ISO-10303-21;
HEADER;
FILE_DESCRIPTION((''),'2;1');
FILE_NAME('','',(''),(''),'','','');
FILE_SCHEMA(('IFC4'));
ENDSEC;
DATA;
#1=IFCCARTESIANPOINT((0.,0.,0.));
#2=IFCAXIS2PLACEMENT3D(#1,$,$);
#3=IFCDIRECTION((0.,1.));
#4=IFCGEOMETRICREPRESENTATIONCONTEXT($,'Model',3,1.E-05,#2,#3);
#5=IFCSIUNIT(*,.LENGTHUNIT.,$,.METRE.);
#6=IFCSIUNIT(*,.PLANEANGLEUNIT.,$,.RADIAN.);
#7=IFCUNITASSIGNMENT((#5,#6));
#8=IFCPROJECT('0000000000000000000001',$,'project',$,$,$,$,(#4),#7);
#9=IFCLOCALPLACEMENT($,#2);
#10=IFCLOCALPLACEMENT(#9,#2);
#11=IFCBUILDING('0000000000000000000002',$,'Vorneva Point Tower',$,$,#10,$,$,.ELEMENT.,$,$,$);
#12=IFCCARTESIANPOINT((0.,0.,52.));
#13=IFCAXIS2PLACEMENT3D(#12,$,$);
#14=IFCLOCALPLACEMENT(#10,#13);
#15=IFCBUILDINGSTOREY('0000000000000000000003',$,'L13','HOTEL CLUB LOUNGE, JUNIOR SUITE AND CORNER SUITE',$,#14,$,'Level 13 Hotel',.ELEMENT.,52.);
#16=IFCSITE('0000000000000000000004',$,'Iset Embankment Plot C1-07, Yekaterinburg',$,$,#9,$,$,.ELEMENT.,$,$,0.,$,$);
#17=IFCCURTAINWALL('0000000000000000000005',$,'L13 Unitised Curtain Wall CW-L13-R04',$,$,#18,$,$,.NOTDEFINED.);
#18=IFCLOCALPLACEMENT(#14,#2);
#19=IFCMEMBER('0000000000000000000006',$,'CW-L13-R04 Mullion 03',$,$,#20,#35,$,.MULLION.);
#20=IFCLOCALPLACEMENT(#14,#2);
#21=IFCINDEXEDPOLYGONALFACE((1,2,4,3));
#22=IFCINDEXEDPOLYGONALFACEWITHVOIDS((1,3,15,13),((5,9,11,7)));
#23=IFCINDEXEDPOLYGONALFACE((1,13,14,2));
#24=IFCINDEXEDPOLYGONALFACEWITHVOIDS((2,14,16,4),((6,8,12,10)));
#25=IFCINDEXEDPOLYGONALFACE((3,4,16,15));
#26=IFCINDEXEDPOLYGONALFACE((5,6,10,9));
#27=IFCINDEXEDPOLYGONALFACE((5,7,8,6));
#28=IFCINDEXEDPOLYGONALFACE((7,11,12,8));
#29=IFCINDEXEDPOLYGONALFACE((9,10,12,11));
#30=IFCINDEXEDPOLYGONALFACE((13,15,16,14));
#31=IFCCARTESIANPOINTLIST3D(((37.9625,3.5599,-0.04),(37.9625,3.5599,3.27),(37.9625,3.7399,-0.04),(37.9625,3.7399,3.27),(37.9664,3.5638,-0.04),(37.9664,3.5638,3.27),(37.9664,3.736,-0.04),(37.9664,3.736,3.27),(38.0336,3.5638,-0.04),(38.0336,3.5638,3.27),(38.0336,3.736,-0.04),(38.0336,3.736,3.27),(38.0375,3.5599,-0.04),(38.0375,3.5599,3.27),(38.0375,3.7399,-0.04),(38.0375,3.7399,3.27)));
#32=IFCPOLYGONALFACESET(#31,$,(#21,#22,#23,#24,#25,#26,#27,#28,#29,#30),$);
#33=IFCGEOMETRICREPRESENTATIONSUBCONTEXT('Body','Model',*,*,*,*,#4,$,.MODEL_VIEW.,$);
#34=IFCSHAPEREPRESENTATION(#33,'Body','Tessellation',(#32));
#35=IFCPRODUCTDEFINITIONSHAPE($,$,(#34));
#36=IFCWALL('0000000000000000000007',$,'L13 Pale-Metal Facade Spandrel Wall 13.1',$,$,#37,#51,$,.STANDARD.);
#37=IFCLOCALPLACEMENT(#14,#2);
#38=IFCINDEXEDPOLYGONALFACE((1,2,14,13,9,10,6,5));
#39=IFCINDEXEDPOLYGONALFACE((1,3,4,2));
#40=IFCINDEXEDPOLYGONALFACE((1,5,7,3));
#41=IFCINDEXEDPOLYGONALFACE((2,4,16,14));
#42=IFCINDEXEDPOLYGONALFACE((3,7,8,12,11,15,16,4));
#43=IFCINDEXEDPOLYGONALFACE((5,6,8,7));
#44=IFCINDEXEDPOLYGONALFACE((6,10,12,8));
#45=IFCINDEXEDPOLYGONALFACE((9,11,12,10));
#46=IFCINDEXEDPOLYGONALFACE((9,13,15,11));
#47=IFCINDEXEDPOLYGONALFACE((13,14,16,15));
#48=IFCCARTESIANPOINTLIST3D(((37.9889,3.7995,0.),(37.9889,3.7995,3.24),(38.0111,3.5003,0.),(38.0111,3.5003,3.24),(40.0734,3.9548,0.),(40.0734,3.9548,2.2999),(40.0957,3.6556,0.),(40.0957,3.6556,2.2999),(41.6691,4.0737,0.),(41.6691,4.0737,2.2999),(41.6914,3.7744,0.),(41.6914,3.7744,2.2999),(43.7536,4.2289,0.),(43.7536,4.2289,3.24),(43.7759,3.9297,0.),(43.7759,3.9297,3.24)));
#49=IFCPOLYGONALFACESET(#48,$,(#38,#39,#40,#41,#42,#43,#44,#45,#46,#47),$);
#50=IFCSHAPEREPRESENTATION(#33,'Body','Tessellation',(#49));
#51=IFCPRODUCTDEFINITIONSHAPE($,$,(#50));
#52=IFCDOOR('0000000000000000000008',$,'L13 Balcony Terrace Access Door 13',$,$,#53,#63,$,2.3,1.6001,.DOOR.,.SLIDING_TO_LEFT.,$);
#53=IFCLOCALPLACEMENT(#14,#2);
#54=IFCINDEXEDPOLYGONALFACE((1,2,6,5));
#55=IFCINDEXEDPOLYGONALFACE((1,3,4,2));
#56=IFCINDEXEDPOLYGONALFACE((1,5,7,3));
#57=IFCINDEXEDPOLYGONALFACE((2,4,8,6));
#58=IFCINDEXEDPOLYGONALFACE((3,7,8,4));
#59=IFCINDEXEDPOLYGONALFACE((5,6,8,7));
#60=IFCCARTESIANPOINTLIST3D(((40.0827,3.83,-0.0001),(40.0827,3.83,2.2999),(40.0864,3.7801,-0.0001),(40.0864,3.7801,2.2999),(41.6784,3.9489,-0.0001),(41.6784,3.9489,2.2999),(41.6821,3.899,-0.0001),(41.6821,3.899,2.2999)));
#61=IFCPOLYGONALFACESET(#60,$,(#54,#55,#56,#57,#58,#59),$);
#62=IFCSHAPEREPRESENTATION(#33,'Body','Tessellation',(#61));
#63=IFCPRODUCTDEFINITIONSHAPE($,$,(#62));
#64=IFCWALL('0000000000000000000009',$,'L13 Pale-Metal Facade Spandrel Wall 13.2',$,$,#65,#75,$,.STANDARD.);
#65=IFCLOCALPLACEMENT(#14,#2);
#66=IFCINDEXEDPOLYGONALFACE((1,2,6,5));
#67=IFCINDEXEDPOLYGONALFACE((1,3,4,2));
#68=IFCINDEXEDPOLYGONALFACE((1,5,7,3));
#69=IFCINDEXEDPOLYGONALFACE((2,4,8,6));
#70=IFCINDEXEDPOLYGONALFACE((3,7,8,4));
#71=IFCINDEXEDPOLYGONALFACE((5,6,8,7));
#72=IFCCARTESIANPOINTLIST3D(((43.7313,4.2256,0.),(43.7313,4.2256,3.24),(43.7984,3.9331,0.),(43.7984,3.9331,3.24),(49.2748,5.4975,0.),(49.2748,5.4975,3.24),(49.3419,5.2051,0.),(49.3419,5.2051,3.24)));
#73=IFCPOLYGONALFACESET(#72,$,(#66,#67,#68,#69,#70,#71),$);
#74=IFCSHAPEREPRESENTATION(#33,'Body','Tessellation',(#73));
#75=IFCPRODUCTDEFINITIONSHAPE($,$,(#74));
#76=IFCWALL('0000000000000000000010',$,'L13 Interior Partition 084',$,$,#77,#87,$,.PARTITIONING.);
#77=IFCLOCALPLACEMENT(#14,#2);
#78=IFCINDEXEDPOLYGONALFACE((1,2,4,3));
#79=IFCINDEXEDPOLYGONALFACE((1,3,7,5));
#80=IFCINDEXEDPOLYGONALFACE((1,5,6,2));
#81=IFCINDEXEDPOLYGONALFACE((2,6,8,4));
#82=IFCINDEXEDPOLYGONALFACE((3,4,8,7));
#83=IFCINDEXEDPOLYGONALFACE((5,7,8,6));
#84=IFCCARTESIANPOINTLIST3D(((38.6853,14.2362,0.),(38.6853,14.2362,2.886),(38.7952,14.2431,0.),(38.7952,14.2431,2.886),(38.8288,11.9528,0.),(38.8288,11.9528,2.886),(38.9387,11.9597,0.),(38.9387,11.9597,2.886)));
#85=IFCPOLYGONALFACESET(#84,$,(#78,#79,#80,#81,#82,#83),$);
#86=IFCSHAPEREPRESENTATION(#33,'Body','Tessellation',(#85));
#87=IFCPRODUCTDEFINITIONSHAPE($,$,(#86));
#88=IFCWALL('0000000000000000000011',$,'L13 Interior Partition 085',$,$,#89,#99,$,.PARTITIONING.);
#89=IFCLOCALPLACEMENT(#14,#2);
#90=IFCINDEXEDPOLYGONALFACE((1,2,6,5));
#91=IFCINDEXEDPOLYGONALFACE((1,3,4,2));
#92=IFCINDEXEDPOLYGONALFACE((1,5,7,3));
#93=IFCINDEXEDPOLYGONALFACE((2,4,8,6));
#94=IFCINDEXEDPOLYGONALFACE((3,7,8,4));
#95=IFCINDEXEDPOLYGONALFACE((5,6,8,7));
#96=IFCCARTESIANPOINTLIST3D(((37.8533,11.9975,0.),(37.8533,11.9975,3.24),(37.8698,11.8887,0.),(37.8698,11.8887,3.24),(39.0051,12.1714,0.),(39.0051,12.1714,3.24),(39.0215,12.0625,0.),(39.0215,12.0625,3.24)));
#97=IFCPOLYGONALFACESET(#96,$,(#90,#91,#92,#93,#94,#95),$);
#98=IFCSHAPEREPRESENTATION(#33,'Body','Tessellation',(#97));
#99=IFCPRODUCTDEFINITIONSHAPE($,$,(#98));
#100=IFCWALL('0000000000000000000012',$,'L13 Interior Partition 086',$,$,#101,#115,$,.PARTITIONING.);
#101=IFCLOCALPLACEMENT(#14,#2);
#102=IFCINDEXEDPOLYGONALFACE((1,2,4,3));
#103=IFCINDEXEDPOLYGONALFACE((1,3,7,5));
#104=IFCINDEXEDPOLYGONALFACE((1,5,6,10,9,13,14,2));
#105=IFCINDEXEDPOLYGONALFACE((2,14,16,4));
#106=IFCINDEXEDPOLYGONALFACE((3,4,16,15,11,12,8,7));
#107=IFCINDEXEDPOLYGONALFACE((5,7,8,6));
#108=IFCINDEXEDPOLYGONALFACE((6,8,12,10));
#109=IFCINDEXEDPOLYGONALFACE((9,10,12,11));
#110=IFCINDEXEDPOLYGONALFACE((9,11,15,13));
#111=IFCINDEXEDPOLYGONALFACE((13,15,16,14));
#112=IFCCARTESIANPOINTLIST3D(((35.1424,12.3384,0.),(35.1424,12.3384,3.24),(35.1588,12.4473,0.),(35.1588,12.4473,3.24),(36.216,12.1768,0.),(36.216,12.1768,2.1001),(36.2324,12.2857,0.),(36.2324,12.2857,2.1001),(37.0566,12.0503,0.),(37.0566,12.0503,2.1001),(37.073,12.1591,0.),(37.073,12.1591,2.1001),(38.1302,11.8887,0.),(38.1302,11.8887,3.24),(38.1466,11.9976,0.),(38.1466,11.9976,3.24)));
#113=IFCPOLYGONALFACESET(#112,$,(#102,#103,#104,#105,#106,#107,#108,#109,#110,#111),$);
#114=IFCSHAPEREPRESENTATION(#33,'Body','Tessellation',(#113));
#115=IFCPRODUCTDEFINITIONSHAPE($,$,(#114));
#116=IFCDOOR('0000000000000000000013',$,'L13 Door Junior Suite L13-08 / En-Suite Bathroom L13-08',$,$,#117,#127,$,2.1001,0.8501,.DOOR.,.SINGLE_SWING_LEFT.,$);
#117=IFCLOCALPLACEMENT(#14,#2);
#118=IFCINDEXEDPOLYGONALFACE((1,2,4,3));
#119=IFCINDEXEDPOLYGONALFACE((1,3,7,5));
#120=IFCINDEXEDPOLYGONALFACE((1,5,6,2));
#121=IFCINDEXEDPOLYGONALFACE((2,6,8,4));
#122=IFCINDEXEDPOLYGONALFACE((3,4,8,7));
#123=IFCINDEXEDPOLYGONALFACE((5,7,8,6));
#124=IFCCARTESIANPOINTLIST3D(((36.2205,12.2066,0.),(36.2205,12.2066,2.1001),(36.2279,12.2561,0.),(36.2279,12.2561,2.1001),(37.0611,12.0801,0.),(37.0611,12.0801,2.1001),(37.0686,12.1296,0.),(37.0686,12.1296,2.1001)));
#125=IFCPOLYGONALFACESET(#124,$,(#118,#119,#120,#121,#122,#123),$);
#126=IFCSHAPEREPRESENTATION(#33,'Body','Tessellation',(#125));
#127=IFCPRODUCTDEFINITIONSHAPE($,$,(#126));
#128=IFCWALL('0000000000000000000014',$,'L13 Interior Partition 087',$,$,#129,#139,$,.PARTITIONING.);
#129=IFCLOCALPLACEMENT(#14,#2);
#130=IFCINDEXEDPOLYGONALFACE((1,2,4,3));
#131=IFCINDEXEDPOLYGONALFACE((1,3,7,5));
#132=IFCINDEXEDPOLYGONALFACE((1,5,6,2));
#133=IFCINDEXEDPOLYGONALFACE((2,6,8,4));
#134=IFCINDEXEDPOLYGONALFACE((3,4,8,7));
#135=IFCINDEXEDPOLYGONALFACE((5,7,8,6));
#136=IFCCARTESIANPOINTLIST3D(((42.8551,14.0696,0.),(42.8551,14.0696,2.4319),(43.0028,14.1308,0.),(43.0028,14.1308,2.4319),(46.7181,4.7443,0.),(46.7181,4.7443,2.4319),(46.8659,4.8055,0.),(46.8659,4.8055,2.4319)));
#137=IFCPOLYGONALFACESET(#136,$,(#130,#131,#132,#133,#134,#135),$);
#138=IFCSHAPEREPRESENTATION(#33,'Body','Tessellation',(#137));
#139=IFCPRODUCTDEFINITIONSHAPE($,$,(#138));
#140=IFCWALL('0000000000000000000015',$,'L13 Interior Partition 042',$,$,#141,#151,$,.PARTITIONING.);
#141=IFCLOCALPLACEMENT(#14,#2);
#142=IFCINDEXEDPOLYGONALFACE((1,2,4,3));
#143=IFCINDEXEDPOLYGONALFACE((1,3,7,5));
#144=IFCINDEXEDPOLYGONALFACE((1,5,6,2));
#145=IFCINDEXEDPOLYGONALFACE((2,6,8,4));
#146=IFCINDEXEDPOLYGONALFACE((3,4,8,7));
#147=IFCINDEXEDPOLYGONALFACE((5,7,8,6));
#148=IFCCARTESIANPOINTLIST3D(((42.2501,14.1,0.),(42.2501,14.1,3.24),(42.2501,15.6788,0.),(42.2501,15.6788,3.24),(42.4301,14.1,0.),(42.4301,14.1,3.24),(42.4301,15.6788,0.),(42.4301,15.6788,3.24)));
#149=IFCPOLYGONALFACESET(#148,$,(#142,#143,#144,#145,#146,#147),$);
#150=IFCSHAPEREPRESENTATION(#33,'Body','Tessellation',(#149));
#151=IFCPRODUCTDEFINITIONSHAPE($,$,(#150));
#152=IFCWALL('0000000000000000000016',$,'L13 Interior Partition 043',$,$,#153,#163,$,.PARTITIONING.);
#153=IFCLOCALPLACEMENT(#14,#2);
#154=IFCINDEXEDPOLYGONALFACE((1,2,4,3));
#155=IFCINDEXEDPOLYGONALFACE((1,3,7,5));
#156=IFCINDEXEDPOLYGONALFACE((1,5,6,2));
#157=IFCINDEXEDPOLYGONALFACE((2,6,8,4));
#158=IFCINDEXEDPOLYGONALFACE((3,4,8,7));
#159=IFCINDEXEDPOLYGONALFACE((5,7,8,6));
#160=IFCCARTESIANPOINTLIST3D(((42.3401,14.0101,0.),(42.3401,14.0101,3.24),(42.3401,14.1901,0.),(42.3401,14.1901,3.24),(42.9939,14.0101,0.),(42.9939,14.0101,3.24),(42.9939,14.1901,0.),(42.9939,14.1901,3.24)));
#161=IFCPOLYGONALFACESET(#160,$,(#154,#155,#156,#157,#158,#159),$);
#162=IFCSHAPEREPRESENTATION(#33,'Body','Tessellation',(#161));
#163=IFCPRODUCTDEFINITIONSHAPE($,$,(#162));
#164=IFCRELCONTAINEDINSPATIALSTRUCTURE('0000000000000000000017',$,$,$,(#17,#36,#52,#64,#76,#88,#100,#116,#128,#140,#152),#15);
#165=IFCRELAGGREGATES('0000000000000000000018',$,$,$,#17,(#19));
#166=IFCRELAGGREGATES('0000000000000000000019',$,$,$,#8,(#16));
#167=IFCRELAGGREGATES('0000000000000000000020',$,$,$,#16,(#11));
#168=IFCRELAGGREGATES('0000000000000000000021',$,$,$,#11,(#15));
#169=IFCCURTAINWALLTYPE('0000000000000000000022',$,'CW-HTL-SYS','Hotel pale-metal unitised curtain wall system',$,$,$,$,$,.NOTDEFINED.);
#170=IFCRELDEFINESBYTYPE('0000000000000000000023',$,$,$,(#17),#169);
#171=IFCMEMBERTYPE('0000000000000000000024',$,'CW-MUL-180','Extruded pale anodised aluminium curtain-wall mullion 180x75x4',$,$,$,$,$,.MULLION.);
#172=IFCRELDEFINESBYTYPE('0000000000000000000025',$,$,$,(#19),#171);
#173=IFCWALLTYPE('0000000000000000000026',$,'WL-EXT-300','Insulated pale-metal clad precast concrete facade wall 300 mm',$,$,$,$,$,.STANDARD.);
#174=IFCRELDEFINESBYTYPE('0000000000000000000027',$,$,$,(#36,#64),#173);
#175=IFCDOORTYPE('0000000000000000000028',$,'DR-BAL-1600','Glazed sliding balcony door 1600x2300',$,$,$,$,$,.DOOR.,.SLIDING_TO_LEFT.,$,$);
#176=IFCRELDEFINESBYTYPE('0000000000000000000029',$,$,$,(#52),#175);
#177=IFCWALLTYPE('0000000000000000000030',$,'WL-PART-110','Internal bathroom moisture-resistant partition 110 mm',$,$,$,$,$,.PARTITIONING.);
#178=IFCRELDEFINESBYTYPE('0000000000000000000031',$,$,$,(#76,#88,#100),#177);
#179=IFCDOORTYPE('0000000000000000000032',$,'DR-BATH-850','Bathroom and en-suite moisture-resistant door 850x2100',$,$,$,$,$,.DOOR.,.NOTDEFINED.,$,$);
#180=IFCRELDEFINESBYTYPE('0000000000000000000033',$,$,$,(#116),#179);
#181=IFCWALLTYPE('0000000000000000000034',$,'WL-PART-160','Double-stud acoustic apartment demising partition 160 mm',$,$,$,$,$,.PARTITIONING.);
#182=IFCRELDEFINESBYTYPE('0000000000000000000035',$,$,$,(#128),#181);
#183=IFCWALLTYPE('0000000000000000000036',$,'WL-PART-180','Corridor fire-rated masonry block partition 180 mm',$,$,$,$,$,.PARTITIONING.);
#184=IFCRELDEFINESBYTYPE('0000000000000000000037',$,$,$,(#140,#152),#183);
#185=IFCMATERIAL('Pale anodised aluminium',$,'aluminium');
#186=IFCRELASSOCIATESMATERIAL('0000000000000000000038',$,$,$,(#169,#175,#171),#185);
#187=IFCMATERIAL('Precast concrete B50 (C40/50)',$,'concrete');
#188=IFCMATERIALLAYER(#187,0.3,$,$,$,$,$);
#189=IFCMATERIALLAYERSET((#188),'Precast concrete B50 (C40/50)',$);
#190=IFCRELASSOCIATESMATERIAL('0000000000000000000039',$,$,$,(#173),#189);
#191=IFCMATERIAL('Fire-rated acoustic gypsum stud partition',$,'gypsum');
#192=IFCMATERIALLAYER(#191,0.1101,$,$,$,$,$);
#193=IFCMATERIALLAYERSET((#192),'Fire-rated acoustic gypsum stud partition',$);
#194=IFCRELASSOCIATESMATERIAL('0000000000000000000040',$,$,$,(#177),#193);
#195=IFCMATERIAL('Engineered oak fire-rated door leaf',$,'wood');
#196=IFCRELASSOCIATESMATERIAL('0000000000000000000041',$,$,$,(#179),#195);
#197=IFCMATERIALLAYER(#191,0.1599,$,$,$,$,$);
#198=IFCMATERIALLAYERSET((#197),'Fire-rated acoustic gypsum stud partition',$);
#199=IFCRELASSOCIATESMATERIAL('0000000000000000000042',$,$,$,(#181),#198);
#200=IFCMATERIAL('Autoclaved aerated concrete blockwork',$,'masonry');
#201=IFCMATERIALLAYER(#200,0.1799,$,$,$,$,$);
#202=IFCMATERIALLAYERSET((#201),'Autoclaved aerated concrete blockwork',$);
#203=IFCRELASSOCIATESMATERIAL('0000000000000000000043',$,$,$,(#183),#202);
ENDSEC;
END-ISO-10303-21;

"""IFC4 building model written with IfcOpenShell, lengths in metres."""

from ifc_helpers import new_model, si_unit, direction, frame, frame_2d, origin, origin_2d, place, context, subcontext, project, spatial, rectangle, hollow_rectangle, extrude, material, layer, layer_set, material_profile, profile_set, type_object, element, fill, aggregate, save


model = new_model("IFC4")

# Units and contexts
model_context = context("Model", 3, precision=1e-05, world=origin(), true_north=direction((0.0, 1.0)))
body_context = subcontext(model_context, "Body", "Model", "MODEL_VIEW")
ifc_project = project(units=[si_unit("LENGTHUNIT", "METRE"), si_unit("PLANEANGLEUNIT", "RADIAN")], contexts=[model_context])

# Site, building, storey
site_placement = place(None, origin())
site = spatial("IfcSite", under=ifc_project, at=site_placement, Name="Iset Embankment Plot C1-07, Yekaterinburg", CompositionType="ELEMENT", RefElevation=0.0)
building_placement = place(site_placement, origin())
building = spatial("IfcBuilding", under=site, at=building_placement, Name="Vorneva Point Tower", CompositionType="ELEMENT")
storey_placement = place(building_placement, frame((0.0, 0.0, 52.0)))
storey = spatial("IfcBuildingStorey", under=building, at=storey_placement, Name="L13", Description="HOTEL CLUB LOUNGE, JUNIOR SUITE AND CORNER SUITE", LongName="Level 13 Hotel", CompositionType="ELEMENT", Elevation=52.0)

# Curtain wall, member
ifc_material_1 = material(Name="Pale anodised aluminium", Category="aluminium")
curtain_wall_type = type_object("IfcCurtainWallType", Name="CW-HTL-SYS", Description="Hotel pale-metal unitised curtain wall system", PredefinedType="NOTDEFINED", material=ifc_material_1)
curtain_wall_placement = place(storey_placement, origin())
curtain_wall = element("IfcCurtainWall", 1, at=curtain_wall_placement, inside=storey, type_object=curtain_wall_type, Name="L13 Unitised Curtain Wall CW-L13-R04", PredefinedType="NOTDEFINED")
ifc_material_profile_1 = material_profile(ifc_material_1, hollow_rectangle(XDim=0.075, YDim=0.1799, WallThickness=0.0039, at=origin_2d()), Name="AL-MUL 180x75x4")
ifc_profile_set_1 = profile_set([ifc_material_profile_1], Name="Pale anodised aluminium")
member_type = type_object("IfcMemberType", Name="CW-MUL-180", Description="Extruded pale anodised aluminium curtain-wall mullion 180x75x4", PredefinedType="MULLION", material=ifc_profile_set_1)
member_placement = place(storey_placement, frame((38.0, 3.6499, -0.04), z_axis=(0.0, 0.0, 1.0), x_axis=(1.0, 0.0, 0.0)))
member = element("IfcMember", 2, at=member_placement, type_object=member_type, Name="CW-L13-R04 Mullion 03", PredefinedType="MULLION", context=body_context, shape_type="SweptSolid", body=[
    extrude(hollow_rectangle(XDim=0.075, YDim=0.1799, WallThickness=0.0039, at=origin_2d()), origin(), (0.0, 0.0, 1.0), 3.3101),
])
aggregate(curtain_wall, [member])

# Wall, opening, door
ifc_material_2 = material(Name="Precast concrete B50 (C40/50)", Category="concrete")
ifc_layer_1 = layer(ifc_material_2, 0.3)
ifc_layer_set_1 = layer_set([ifc_layer_1], Name="Precast concrete B50 (C40/50)")
wall_type_1 = type_object("IfcWallType", Name="WL-EXT-300", Description="Insulated pale-metal clad precast concrete facade wall 300 mm", PredefinedType="STANDARD", material=ifc_layer_set_1)
wall_1_placement = place(storey_placement, frame((38.0, 3.6499, 0.0), z_axis=(0.0, 0.0, 1.0), x_axis=(0.997237, 0.074287, 0.0)))
wall_1 = element("IfcWall", 3, at=wall_1_placement, inside=storey, type_object=wall_type_1, Name="L13 Pale-Metal Facade Spandrel Wall 13.1", PredefinedType="STANDARD", context=body_context, shape_type="SweptSolid", body=[
    extrude(rectangle(XDim=5.7808, YDim=0.3, at=frame_2d((2.8904, 0.0))), origin(), (0.0, 0.0, 1.0), 3.24),
])
opening_1_placement = place(wall_1_placement, frame((2.0903, 0.0, 0.0)))
opening_1 = element("IfcOpeningElement", 4, at=opening_1_placement, cuts=wall_1, PredefinedType="OPENING", context=body_context, shape_type="SweptSolid", body=[
    extrude(rectangle(XDim=1.6001, YDim=2.3, at=frame_2d((0.8, 1.1499))), frame((0.0, 0.165, 0.0), z_axis=(0.0, -1.0, 0.0), x_axis=(1.0, 0.0, 0.0)), (0.0, 0.0, 1.0), 0.3298),
])
door_type_1 = type_object("IfcDoorType", Name="DR-BAL-1600", Description="Glazed sliding balcony door 1600x2300", OperationType="SLIDING_TO_LEFT", PredefinedType="DOOR", material=ifc_material_1)
door_1_placement = place(opening_1_placement, origin())
door_1 = element("IfcDoor", 5, at=door_1_placement, inside=storey, type_object=door_type_1, Name="L13 Balcony Terrace Access Door 13", OperationType="SLIDING_TO_LEFT", OverallHeight=2.3, OverallWidth=1.6001, PredefinedType="DOOR", context=body_context, shape_type="SweptSolid", body=[
    extrude(rectangle(XDim=1.6001, YDim=2.3, at=frame_2d((0.8, 1.1499))), frame((0.0, 0.0249, 0.0), z_axis=(0.0, -1.0, 0.0), x_axis=(1.0, 0.0, 0.0)), (0.0, 0.0, 1.0), 0.05),
])
fill(opening_1, door_1)

# Walls
wall_2_placement = place(storey_placement, frame((43.7649, 4.0793, 0.0), z_axis=(0.0, 0.0, 1.0), x_axis=(0.974671, 0.223643, 0.0)))
element("IfcWall", 6, at=wall_2_placement, inside=storey, type_object=wall_type_1, Name="L13 Pale-Metal Facade Spandrel Wall 13.2", PredefinedType="STANDARD", context=body_context, shape_type="SweptSolid", body=[
    extrude(rectangle(XDim=5.6875, YDim=0.3, at=frame_2d((2.8438, 0.0))), origin(), (0.0, 0.0, 1.0), 3.24),
])
ifc_material_3 = material(Name="Fire-rated acoustic gypsum stud partition", Category="gypsum")
ifc_layer_2 = layer(ifc_material_3, 0.1101)
ifc_layer_set_2 = layer_set([ifc_layer_2], Name="Fire-rated acoustic gypsum stud partition")
wall_type_2 = type_object("IfcWallType", Name="WL-PART-110", Description="Internal bathroom moisture-resistant partition 110 mm", PredefinedType="PARTITIONING", material=ifc_layer_set_2)
wall_3_placement = place(storey_placement, frame((38.7402, 14.2397, 0.0), z_axis=(0.0, 0.0, 1.0), x_axis=(0.062744, -0.99803, 0.0)))
element("IfcWall", 7, at=wall_3_placement, inside=storey, type_object=wall_type_2, Name="L13 Interior Partition 084", PredefinedType="PARTITIONING", context=body_context, shape_type="SweptSolid", body=[
    extrude(rectangle(XDim=2.2878, YDim=0.1101, at=frame_2d((1.144, 0.0))), origin(), (0.0, 0.0, 1.0), 2.886),
])
wall_4_placement = place(storey_placement, frame((39.0134, 12.1169, 0.0), z_axis=(0.0, 0.0, 1.0), x_axis=(-0.988804, -0.149222, 0.0)))
element("IfcWall", 8, at=wall_4_placement, inside=storey, type_object=wall_type_2, Name="L13 Interior Partition 085", PredefinedType="PARTITIONING", context=body_context, shape_type="SweptSolid", body=[
    extrude(rectangle(XDim=1.1648, YDim=0.1101, at=frame_2d((0.5825, 0.0))), origin(), (0.0, 0.0, 1.0), 3.24),
])

# Wall, opening, door
wall_5_placement = place(storey_placement, frame((38.1384, 11.9431, 0.0), z_axis=(0.0, 0.0, 1.0), x_axis=(-0.988862, 0.148838, 0.0)))
wall_5 = element("IfcWall", 9, at=wall_5_placement, inside=storey, type_object=wall_type_2, Name="L13 Interior Partition 086", PredefinedType="PARTITIONING", context=body_context, shape_type="SweptSolid", body=[
    extrude(rectangle(XDim=3.0215, YDim=0.1101, at=frame_2d((1.5107, 0.0))), origin(), (0.0, 0.0, 1.0), 3.24),
])
opening_2_placement = place(wall_5_placement, frame((1.0857, 0.0, 0.0)))
opening_2 = element("IfcOpeningElement", 10, at=opening_2_placement, cuts=wall_5, PredefinedType="OPENING", context=body_context, shape_type="SweptSolid", body=[
    extrude(rectangle(XDim=0.8501, YDim=2.1001, at=frame_2d((0.425, 1.05))), frame((0.0, 0.0698, 0.0), z_axis=(0.0, -1.0, 0.0), x_axis=(1.0, 0.0, 0.0)), (0.0, 0.0, 1.0), 0.1399),
])
ifc_material_4 = material(Name="Engineered oak fire-rated door leaf", Category="wood")
door_type_2 = type_object("IfcDoorType", Name="DR-BATH-850", Description="Bathroom and en-suite moisture-resistant door 850x2100", OperationType="NOTDEFINED", PredefinedType="DOOR", material=ifc_material_4)
door_2_placement = place(opening_2_placement, origin())
door_2 = element("IfcDoor", 11, at=door_2_placement, inside=storey, type_object=door_type_2, Name="L13 Door Junior Suite L13-08 / En-Suite Bathroom L13-08", OperationType="SINGLE_SWING_LEFT", OverallHeight=2.1001, OverallWidth=0.8501, PredefinedType="DOOR", context=body_context, shape_type="SweptSolid", body=[
    extrude(rectangle(XDim=0.8501, YDim=2.1001, at=frame_2d((0.425, 1.05))), frame((0.0, 0.0249, 0.0), z_axis=(0.0, -1.0, 0.0), x_axis=(1.0, 0.0, 0.0)), (0.0, 0.0, 1.0), 0.05),
])
fill(opening_2, door_2)

# Wall
ifc_layer_3 = layer(ifc_material_3, 0.1599)
ifc_layer_set_3 = layer_set([ifc_layer_3], Name="Fire-rated acoustic gypsum stud partition")
wall_type_3 = type_object("IfcWallType", Name="WL-PART-160", Description="Double-stud acoustic apartment demising partition 160 mm", PredefinedType="PARTITIONING", material=ifc_layer_set_3)
wall_6_placement = place(storey_placement, frame((46.792, 4.7749, 0.0), z_axis=(0.0, 0.0, 1.0), x_axis=(-0.382719, 0.923865, 0.0)))
element("IfcWall", 12, at=wall_6_placement, inside=storey, type_object=wall_type_3, Name="L13 Interior Partition 087", PredefinedType="PARTITIONING", context=body_context, shape_type="SweptSolid", body=[
    extrude(rectangle(XDim=10.0938, YDim=0.1599, at=frame_2d((5.0469, 0.0))), origin(), (0.0, 0.0, 1.0), 2.4319),
])

# Shared definitions
ifc_material_5 = material(Name="Autoclaved aerated concrete blockwork", Category="masonry")
ifc_layer_4 = layer(ifc_material_5, 0.1799)
ifc_layer_set_4 = layer_set([ifc_layer_4], Name="Autoclaved aerated concrete blockwork")
wall_type_4 = type_object("IfcWallType", Name="WL-PART-180", Description="Corridor fire-rated masonry block partition 180 mm", PredefinedType="PARTITIONING", material=ifc_layer_set_4)

# Walls
wall_7_placement = place(storey_placement, frame((42.3401, 15.679, 0.0), z_axis=(0.0, 0.0, 1.0), x_axis=(0.0, -1.0, 0.0)))
element("IfcWall", 13, at=wall_7_placement, inside=storey, type_object=wall_type_4, Name="L13 Interior Partition 042", PredefinedType="PARTITIONING", context=body_context, shape_type="SweptSolid", body=[
    extrude(rectangle(XDim=1.5789, YDim=0.1799, at=frame_2d((0.7896, 0.0))), origin(), (0.0, 0.0, 1.0), 3.24),
])
wall_8_placement = place(storey_placement, frame((42.3401, 14.1001, 0.0), z_axis=(0.0, 0.0, 1.0), x_axis=(1.0, 0.0, 0.0)))
element("IfcWall", 14, at=wall_8_placement, inside=storey, type_object=wall_type_4, Name="L13 Interior Partition 043", PredefinedType="PARTITIONING", context=body_context, shape_type="SweptSolid", body=[
    extrude(rectangle(XDim=0.6538, YDim=0.1799, at=frame_2d((0.3269, 0.0))), origin(), (0.0, 0.0, 1.0), 3.24),
])

save(model, "model.ifc")
